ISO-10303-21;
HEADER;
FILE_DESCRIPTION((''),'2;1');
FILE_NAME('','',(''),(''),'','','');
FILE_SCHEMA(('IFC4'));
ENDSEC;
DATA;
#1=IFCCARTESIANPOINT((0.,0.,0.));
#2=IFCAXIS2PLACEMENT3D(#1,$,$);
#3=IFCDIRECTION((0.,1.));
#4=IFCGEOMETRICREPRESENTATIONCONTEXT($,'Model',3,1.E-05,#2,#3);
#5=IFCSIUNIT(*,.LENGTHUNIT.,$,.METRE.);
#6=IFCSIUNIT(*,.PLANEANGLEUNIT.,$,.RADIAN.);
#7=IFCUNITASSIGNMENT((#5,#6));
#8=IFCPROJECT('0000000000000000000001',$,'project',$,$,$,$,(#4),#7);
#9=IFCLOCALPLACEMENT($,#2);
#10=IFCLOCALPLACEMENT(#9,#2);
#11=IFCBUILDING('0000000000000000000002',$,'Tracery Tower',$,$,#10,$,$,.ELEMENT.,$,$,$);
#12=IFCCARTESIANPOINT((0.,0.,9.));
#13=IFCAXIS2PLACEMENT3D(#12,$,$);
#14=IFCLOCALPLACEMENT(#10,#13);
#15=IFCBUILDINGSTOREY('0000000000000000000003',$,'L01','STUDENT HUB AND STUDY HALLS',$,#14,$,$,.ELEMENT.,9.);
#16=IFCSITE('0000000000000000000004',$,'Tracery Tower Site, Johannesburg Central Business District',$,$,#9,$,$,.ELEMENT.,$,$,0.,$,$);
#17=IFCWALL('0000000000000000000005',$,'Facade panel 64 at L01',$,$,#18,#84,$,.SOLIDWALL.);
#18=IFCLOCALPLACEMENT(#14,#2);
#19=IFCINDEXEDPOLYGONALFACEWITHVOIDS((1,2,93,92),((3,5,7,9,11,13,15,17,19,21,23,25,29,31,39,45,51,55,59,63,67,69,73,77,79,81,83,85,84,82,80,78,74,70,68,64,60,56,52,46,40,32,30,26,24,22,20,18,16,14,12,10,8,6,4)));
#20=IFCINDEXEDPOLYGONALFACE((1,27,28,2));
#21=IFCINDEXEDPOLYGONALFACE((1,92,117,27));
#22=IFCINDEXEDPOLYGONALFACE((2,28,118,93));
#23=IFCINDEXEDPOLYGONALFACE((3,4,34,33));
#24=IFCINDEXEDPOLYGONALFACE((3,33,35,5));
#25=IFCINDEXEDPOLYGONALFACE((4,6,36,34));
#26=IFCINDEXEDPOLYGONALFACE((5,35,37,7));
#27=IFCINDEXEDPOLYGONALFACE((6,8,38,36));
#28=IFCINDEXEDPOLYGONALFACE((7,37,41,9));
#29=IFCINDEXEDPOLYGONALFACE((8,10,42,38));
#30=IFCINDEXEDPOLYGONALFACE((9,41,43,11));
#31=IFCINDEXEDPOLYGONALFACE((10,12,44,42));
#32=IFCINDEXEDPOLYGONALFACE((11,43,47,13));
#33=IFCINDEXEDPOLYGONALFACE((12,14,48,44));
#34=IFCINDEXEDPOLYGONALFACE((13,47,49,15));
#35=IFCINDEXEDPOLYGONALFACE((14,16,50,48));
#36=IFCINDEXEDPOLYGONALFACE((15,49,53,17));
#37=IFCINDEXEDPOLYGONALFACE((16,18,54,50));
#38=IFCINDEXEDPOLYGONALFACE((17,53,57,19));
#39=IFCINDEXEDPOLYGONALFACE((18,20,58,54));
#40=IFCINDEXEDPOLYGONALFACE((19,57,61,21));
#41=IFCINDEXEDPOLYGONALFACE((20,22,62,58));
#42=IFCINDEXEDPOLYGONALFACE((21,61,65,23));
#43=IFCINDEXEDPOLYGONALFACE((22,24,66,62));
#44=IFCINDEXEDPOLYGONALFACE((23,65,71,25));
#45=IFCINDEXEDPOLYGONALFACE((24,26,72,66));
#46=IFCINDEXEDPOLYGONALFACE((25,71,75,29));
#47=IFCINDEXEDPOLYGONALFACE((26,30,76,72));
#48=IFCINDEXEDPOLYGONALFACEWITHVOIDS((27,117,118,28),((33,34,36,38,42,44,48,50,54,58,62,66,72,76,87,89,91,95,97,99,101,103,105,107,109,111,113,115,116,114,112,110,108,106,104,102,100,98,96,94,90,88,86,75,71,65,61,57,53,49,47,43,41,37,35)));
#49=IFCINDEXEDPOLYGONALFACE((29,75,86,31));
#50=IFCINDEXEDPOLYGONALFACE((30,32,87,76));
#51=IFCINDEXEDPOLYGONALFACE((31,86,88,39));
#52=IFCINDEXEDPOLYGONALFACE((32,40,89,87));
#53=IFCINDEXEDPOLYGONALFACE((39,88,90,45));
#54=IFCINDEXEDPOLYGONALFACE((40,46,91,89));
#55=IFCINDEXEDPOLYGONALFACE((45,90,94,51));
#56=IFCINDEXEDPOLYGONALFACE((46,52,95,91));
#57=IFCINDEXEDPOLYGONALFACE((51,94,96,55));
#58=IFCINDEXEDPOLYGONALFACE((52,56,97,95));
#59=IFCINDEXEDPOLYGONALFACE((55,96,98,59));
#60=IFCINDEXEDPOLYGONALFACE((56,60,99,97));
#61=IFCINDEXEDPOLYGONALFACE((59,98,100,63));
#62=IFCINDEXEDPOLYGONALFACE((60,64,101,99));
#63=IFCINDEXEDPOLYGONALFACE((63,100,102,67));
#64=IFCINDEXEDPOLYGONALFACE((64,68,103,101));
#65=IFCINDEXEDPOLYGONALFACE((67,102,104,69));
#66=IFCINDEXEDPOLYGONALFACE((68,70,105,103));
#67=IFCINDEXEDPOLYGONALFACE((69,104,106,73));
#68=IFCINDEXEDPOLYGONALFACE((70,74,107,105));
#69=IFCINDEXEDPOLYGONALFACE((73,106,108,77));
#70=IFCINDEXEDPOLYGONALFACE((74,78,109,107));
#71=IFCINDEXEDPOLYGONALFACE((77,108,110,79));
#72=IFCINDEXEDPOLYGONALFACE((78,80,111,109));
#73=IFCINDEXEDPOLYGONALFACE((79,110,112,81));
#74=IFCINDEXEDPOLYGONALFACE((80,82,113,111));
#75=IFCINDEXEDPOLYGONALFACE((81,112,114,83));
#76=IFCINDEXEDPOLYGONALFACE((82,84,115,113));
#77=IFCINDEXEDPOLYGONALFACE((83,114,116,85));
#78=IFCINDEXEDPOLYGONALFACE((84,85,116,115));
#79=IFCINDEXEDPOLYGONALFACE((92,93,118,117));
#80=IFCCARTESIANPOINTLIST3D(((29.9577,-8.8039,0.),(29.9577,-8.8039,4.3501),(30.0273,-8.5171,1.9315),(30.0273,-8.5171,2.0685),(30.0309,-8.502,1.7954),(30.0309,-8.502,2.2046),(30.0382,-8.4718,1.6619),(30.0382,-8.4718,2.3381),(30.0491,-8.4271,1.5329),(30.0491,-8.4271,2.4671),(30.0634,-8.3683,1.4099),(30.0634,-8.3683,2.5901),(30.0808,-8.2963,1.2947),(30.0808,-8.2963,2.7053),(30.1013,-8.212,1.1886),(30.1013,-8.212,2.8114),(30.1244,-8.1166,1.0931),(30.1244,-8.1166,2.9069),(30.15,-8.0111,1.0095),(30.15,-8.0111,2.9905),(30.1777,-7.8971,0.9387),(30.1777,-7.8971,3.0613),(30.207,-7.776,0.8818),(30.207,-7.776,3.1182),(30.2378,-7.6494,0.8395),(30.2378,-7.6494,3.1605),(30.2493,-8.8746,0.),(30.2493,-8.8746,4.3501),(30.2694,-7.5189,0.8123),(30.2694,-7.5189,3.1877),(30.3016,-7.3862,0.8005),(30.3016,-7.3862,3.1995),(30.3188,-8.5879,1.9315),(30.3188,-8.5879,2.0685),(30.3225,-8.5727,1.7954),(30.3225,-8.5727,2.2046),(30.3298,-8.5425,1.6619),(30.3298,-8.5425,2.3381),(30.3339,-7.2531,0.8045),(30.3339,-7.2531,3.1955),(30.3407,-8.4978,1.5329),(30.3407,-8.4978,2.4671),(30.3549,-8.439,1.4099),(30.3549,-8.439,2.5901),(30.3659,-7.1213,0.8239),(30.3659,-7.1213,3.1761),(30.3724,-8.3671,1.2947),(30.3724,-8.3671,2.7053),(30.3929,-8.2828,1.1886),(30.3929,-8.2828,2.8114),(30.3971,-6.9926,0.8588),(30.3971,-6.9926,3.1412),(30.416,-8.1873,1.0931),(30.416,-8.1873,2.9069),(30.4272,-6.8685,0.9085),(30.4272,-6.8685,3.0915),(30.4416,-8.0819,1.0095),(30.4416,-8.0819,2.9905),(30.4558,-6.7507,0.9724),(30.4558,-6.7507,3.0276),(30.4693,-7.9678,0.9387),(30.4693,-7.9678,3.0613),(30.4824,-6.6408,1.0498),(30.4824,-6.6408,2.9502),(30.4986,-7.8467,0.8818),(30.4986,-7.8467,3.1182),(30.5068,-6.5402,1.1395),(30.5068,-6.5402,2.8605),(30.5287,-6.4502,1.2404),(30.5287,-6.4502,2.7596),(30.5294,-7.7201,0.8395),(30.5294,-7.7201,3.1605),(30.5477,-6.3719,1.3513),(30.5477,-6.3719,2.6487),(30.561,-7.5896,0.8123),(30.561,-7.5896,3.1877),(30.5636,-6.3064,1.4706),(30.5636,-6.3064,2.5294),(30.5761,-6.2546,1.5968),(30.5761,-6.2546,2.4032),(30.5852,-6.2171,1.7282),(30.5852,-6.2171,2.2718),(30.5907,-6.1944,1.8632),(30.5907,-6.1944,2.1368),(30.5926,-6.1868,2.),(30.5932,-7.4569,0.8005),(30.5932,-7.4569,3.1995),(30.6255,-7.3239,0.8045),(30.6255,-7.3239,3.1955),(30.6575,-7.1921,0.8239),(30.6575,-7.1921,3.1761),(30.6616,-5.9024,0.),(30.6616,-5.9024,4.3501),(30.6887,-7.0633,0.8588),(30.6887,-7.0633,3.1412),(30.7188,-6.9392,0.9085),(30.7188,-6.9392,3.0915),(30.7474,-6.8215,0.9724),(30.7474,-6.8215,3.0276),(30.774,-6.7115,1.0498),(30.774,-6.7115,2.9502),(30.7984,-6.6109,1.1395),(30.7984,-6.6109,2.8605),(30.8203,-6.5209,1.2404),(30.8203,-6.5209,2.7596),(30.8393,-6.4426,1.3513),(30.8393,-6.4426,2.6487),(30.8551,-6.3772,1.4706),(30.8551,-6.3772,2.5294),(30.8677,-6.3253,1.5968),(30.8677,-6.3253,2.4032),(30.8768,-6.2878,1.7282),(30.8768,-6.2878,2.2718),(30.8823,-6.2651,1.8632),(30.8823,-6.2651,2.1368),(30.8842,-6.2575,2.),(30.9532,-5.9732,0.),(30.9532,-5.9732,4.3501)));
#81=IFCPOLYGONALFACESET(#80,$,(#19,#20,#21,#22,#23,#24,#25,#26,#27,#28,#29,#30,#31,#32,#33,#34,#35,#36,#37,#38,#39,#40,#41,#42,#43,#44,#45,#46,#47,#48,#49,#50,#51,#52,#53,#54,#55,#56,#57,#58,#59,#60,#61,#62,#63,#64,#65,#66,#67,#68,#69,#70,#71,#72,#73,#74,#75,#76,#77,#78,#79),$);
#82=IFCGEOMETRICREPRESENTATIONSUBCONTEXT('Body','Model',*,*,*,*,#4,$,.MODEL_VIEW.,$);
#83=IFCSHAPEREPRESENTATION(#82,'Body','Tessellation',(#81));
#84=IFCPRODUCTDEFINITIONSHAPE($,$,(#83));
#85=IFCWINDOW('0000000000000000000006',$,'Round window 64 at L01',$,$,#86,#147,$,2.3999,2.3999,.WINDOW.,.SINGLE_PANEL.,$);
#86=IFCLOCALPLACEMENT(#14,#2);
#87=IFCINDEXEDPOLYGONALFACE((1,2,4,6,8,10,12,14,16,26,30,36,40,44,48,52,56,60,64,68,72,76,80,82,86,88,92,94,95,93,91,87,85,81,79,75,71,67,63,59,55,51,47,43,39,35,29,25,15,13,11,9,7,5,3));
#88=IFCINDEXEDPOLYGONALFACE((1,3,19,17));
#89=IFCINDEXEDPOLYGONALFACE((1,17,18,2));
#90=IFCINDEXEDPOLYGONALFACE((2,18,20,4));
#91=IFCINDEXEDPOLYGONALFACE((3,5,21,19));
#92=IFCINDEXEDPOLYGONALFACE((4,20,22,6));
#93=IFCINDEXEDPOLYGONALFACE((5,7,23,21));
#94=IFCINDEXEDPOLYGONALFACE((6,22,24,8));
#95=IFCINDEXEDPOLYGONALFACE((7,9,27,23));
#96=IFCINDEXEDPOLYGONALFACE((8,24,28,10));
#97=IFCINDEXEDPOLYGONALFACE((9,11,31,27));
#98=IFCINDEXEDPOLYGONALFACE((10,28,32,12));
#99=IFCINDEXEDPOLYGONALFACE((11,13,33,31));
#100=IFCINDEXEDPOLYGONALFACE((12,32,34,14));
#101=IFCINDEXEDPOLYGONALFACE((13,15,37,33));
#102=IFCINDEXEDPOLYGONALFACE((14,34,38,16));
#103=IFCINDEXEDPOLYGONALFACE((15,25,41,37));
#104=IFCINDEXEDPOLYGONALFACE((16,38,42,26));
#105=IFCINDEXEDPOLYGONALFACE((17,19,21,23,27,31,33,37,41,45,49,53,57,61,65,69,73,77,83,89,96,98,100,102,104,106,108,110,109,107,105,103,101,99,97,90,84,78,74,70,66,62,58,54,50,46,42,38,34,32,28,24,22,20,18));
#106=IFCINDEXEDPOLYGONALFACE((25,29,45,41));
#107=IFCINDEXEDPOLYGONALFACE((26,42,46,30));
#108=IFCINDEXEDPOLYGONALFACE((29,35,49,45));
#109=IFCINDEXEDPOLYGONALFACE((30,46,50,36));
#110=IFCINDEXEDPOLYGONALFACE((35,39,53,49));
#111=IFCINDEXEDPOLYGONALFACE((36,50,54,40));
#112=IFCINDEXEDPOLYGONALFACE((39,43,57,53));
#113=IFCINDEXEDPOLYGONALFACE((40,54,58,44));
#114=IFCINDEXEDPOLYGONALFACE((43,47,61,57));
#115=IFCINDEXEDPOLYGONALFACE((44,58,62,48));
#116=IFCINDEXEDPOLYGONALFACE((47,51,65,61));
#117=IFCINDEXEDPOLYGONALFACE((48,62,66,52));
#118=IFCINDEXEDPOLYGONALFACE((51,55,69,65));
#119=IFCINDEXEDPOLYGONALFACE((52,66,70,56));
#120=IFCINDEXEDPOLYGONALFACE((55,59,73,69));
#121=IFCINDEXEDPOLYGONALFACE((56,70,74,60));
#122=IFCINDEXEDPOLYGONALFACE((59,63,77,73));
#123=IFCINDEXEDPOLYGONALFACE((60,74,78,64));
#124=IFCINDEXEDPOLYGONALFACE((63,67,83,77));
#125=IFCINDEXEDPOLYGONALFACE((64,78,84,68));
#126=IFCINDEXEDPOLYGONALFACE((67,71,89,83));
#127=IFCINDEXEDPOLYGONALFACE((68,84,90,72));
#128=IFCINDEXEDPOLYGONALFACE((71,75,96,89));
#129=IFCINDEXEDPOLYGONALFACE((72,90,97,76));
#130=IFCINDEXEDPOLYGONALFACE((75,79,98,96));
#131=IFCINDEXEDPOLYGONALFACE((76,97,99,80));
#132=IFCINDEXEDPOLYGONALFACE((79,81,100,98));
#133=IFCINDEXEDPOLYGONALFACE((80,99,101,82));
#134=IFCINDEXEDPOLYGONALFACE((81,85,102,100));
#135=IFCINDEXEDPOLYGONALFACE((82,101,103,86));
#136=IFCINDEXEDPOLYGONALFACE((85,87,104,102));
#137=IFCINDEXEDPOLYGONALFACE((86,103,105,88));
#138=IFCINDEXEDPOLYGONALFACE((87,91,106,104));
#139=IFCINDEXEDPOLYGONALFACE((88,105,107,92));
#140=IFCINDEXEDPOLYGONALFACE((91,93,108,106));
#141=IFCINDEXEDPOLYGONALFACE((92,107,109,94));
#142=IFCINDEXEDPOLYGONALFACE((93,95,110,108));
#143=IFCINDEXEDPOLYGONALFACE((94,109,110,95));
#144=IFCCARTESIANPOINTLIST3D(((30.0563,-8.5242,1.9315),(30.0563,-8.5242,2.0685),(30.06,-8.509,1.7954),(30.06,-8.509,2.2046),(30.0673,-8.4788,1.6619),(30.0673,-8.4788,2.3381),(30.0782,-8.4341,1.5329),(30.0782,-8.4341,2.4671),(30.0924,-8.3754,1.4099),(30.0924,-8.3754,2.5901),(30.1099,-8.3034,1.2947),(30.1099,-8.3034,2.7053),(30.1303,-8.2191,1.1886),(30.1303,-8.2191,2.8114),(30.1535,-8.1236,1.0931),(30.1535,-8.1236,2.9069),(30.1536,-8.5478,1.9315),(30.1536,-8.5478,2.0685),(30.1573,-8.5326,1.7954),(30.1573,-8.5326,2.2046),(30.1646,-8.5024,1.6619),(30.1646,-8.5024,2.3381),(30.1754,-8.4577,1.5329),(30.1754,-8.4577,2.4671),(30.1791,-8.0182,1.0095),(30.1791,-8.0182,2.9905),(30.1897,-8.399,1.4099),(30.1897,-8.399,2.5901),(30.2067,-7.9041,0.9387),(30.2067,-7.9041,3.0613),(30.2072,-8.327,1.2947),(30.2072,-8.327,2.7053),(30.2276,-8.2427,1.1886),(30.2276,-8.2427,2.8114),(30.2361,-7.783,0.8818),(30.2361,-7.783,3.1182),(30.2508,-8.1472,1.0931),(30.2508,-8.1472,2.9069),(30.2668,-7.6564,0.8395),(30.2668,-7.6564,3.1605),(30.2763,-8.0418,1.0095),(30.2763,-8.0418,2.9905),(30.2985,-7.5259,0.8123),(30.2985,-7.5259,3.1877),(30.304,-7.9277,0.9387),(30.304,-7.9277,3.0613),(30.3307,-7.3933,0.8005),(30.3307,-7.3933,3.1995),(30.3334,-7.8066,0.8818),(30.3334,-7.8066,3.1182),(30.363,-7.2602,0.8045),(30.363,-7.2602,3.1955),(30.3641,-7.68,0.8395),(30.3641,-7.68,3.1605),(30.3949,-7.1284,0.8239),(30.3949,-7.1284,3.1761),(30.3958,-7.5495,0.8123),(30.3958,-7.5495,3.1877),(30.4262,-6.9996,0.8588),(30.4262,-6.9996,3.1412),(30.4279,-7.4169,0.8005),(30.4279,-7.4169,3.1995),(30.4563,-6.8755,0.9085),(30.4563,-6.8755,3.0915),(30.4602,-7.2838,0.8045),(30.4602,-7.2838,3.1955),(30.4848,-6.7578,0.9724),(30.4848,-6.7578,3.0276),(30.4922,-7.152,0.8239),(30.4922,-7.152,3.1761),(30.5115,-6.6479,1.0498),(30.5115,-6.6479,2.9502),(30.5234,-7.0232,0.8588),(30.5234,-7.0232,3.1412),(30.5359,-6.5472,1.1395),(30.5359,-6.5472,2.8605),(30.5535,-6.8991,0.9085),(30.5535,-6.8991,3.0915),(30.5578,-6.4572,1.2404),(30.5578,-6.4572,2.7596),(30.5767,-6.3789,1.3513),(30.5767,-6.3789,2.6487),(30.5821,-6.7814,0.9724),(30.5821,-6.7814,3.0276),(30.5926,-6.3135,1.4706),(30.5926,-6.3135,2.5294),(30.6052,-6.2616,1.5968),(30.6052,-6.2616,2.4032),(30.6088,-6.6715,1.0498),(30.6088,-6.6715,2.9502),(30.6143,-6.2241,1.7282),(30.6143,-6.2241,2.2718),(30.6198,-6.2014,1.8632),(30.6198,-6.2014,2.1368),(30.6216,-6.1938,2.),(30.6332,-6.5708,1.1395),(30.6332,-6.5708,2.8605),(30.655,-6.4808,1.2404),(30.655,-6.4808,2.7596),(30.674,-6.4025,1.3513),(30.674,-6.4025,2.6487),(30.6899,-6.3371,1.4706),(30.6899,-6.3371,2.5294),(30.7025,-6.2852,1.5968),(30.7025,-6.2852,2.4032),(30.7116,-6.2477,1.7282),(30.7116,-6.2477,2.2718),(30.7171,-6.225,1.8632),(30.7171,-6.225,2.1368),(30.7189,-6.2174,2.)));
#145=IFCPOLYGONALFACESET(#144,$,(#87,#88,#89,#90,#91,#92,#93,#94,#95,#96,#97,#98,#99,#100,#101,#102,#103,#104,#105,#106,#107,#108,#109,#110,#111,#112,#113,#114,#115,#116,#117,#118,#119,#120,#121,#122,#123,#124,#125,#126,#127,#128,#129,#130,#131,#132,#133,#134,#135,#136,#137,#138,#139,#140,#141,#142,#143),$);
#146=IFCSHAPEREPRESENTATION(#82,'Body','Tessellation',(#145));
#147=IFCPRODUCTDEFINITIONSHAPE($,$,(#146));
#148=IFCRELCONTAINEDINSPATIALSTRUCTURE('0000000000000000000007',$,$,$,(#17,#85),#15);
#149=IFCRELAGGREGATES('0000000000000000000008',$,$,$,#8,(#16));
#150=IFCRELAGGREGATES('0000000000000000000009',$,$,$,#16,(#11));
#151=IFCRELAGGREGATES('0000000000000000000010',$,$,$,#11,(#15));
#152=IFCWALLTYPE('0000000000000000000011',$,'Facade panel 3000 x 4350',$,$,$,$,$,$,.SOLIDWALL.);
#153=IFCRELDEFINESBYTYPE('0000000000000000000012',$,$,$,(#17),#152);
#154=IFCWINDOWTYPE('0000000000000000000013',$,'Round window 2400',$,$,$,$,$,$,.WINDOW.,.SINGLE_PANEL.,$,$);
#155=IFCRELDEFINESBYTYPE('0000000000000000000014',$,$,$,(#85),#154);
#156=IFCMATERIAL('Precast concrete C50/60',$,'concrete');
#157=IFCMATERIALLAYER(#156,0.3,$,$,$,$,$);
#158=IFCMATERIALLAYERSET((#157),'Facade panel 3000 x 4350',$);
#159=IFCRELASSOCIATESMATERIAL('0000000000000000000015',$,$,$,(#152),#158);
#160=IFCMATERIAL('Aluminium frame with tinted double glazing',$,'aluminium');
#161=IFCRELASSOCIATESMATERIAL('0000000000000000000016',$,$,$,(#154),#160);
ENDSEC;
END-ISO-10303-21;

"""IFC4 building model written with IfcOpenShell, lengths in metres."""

from ifc_helpers import new_model, si_unit, direction, frame, frame_2d, origin, origin_2d, place, context, subcontext, project, spatial, rectangle, circle, extrude, material, layer, layer_set, type_object, element, fill, save


model = new_model("IFC4")

# Units and contexts
model_context = context("Model", 3, precision=1e-05, world=origin(), true_north=direction((0.0, 1.0)))
body_context = subcontext(model_context, "Body", "Model", "MODEL_VIEW")
ifc_project = project(units=[si_unit("LENGTHUNIT", "METRE"), si_unit("PLANEANGLEUNIT", "RADIAN")], contexts=[model_context])

# Site, building, storey
site_placement = place(None, origin())
site = spatial("IfcSite", under=ifc_project, at=site_placement, Name="Tracery Tower Site, Johannesburg Central Business District", CompositionType="ELEMENT", RefElevation=0.0)
building_placement = place(site_placement, origin())
building = spatial("IfcBuilding", under=site, at=building_placement, Name="Tracery Tower", CompositionType="ELEMENT")
storey_placement = place(building_placement, frame((0.0, 0.0, 9.0)))
storey = spatial("IfcBuildingStorey", under=building, at=storey_placement, Name="L01", Description="STUDENT HUB AND STUDY HALLS", CompositionType="ELEMENT", Elevation=9.0)

# Wall, opening, window
ifc_material_1 = material(Name="Precast concrete C50/60", Category="concrete")
ifc_layer_1 = layer(ifc_material_1, 0.3)
ifc_layer_set_1 = layer_set([ifc_layer_1], Name="Facade panel 3000 x 4350")
wall_type_1 = type_object("IfcWallType", Name="Facade panel 3000 x 4350", PredefinedType="SOLIDWALL", material=ifc_layer_set_1)
ifc_material_2 = material(Name="Aluminium frame with tinted double glazing", Category="aluminium")
window_type = type_object("IfcWindowType", Name="Round window 2400", PartitioningType="SINGLE_PANEL", PredefinedType="WINDOW", material=ifc_material_2)
wall_1_placement = place(storey_placement, frame((30.1035, -8.8391, 0.0), z_axis=(0.0, 0.0, 1.0), x_axis=(0.235757, 0.971812, 0.0)))
wall_1 = element("IfcWall", 1, at=wall_1_placement, inside=storey, type_object=wall_type_1, Name="Facade panel 64 at L01", PredefinedType="SOLIDWALL", context=body_context, shape_type="SweptSolid", body=[
    extrude(rectangle(XDim=2.9856, YDim=0.3, at=frame_2d((1.4927, 0.0))), origin(), (0.0, 0.0, 1.0), 4.3501),
])
opening_1_placement = place(wall_1_placement, frame((1.4929, 0.0, 2.0)))
opening_1 = element("IfcOpeningElement", 2, at=opening_1_placement, cuts=wall_1, PredefinedType="OPENING", context=body_context, shape_type="SweptSolid", body=[
    extrude(circle(Radius=1.2, at=origin_2d()), frame((0.0, 0.1599, 0.0), z_axis=(0.0, -1.0, 0.0), x_axis=(1.0, 0.0, 0.0)), (0.0, 0.0, 1.0), 0.3201),
])
window_1_placement = place(opening_1_placement, origin())
window_1 = element("IfcWindow", 3, at=window_1_placement, inside=storey, type_object=window_type, Name="Round window 64 at L01", OverallHeight=2.3999, OverallWidth=2.3999, PartitioningType="SINGLE_PANEL", PredefinedType="WINDOW", context=body_context, shape_type="SweptSolid", body=[
    extrude(circle(Radius=1.2, at=origin_2d()), frame((0.0, 0.1201, 0.0), z_axis=(0.0, -1.0, 0.0), x_axis=(1.0, 0.0, 0.0)), (0.0, 0.0, 1.0), 0.1001),
])
fill(opening_1, window_1)

save(model, "model.ifc")
